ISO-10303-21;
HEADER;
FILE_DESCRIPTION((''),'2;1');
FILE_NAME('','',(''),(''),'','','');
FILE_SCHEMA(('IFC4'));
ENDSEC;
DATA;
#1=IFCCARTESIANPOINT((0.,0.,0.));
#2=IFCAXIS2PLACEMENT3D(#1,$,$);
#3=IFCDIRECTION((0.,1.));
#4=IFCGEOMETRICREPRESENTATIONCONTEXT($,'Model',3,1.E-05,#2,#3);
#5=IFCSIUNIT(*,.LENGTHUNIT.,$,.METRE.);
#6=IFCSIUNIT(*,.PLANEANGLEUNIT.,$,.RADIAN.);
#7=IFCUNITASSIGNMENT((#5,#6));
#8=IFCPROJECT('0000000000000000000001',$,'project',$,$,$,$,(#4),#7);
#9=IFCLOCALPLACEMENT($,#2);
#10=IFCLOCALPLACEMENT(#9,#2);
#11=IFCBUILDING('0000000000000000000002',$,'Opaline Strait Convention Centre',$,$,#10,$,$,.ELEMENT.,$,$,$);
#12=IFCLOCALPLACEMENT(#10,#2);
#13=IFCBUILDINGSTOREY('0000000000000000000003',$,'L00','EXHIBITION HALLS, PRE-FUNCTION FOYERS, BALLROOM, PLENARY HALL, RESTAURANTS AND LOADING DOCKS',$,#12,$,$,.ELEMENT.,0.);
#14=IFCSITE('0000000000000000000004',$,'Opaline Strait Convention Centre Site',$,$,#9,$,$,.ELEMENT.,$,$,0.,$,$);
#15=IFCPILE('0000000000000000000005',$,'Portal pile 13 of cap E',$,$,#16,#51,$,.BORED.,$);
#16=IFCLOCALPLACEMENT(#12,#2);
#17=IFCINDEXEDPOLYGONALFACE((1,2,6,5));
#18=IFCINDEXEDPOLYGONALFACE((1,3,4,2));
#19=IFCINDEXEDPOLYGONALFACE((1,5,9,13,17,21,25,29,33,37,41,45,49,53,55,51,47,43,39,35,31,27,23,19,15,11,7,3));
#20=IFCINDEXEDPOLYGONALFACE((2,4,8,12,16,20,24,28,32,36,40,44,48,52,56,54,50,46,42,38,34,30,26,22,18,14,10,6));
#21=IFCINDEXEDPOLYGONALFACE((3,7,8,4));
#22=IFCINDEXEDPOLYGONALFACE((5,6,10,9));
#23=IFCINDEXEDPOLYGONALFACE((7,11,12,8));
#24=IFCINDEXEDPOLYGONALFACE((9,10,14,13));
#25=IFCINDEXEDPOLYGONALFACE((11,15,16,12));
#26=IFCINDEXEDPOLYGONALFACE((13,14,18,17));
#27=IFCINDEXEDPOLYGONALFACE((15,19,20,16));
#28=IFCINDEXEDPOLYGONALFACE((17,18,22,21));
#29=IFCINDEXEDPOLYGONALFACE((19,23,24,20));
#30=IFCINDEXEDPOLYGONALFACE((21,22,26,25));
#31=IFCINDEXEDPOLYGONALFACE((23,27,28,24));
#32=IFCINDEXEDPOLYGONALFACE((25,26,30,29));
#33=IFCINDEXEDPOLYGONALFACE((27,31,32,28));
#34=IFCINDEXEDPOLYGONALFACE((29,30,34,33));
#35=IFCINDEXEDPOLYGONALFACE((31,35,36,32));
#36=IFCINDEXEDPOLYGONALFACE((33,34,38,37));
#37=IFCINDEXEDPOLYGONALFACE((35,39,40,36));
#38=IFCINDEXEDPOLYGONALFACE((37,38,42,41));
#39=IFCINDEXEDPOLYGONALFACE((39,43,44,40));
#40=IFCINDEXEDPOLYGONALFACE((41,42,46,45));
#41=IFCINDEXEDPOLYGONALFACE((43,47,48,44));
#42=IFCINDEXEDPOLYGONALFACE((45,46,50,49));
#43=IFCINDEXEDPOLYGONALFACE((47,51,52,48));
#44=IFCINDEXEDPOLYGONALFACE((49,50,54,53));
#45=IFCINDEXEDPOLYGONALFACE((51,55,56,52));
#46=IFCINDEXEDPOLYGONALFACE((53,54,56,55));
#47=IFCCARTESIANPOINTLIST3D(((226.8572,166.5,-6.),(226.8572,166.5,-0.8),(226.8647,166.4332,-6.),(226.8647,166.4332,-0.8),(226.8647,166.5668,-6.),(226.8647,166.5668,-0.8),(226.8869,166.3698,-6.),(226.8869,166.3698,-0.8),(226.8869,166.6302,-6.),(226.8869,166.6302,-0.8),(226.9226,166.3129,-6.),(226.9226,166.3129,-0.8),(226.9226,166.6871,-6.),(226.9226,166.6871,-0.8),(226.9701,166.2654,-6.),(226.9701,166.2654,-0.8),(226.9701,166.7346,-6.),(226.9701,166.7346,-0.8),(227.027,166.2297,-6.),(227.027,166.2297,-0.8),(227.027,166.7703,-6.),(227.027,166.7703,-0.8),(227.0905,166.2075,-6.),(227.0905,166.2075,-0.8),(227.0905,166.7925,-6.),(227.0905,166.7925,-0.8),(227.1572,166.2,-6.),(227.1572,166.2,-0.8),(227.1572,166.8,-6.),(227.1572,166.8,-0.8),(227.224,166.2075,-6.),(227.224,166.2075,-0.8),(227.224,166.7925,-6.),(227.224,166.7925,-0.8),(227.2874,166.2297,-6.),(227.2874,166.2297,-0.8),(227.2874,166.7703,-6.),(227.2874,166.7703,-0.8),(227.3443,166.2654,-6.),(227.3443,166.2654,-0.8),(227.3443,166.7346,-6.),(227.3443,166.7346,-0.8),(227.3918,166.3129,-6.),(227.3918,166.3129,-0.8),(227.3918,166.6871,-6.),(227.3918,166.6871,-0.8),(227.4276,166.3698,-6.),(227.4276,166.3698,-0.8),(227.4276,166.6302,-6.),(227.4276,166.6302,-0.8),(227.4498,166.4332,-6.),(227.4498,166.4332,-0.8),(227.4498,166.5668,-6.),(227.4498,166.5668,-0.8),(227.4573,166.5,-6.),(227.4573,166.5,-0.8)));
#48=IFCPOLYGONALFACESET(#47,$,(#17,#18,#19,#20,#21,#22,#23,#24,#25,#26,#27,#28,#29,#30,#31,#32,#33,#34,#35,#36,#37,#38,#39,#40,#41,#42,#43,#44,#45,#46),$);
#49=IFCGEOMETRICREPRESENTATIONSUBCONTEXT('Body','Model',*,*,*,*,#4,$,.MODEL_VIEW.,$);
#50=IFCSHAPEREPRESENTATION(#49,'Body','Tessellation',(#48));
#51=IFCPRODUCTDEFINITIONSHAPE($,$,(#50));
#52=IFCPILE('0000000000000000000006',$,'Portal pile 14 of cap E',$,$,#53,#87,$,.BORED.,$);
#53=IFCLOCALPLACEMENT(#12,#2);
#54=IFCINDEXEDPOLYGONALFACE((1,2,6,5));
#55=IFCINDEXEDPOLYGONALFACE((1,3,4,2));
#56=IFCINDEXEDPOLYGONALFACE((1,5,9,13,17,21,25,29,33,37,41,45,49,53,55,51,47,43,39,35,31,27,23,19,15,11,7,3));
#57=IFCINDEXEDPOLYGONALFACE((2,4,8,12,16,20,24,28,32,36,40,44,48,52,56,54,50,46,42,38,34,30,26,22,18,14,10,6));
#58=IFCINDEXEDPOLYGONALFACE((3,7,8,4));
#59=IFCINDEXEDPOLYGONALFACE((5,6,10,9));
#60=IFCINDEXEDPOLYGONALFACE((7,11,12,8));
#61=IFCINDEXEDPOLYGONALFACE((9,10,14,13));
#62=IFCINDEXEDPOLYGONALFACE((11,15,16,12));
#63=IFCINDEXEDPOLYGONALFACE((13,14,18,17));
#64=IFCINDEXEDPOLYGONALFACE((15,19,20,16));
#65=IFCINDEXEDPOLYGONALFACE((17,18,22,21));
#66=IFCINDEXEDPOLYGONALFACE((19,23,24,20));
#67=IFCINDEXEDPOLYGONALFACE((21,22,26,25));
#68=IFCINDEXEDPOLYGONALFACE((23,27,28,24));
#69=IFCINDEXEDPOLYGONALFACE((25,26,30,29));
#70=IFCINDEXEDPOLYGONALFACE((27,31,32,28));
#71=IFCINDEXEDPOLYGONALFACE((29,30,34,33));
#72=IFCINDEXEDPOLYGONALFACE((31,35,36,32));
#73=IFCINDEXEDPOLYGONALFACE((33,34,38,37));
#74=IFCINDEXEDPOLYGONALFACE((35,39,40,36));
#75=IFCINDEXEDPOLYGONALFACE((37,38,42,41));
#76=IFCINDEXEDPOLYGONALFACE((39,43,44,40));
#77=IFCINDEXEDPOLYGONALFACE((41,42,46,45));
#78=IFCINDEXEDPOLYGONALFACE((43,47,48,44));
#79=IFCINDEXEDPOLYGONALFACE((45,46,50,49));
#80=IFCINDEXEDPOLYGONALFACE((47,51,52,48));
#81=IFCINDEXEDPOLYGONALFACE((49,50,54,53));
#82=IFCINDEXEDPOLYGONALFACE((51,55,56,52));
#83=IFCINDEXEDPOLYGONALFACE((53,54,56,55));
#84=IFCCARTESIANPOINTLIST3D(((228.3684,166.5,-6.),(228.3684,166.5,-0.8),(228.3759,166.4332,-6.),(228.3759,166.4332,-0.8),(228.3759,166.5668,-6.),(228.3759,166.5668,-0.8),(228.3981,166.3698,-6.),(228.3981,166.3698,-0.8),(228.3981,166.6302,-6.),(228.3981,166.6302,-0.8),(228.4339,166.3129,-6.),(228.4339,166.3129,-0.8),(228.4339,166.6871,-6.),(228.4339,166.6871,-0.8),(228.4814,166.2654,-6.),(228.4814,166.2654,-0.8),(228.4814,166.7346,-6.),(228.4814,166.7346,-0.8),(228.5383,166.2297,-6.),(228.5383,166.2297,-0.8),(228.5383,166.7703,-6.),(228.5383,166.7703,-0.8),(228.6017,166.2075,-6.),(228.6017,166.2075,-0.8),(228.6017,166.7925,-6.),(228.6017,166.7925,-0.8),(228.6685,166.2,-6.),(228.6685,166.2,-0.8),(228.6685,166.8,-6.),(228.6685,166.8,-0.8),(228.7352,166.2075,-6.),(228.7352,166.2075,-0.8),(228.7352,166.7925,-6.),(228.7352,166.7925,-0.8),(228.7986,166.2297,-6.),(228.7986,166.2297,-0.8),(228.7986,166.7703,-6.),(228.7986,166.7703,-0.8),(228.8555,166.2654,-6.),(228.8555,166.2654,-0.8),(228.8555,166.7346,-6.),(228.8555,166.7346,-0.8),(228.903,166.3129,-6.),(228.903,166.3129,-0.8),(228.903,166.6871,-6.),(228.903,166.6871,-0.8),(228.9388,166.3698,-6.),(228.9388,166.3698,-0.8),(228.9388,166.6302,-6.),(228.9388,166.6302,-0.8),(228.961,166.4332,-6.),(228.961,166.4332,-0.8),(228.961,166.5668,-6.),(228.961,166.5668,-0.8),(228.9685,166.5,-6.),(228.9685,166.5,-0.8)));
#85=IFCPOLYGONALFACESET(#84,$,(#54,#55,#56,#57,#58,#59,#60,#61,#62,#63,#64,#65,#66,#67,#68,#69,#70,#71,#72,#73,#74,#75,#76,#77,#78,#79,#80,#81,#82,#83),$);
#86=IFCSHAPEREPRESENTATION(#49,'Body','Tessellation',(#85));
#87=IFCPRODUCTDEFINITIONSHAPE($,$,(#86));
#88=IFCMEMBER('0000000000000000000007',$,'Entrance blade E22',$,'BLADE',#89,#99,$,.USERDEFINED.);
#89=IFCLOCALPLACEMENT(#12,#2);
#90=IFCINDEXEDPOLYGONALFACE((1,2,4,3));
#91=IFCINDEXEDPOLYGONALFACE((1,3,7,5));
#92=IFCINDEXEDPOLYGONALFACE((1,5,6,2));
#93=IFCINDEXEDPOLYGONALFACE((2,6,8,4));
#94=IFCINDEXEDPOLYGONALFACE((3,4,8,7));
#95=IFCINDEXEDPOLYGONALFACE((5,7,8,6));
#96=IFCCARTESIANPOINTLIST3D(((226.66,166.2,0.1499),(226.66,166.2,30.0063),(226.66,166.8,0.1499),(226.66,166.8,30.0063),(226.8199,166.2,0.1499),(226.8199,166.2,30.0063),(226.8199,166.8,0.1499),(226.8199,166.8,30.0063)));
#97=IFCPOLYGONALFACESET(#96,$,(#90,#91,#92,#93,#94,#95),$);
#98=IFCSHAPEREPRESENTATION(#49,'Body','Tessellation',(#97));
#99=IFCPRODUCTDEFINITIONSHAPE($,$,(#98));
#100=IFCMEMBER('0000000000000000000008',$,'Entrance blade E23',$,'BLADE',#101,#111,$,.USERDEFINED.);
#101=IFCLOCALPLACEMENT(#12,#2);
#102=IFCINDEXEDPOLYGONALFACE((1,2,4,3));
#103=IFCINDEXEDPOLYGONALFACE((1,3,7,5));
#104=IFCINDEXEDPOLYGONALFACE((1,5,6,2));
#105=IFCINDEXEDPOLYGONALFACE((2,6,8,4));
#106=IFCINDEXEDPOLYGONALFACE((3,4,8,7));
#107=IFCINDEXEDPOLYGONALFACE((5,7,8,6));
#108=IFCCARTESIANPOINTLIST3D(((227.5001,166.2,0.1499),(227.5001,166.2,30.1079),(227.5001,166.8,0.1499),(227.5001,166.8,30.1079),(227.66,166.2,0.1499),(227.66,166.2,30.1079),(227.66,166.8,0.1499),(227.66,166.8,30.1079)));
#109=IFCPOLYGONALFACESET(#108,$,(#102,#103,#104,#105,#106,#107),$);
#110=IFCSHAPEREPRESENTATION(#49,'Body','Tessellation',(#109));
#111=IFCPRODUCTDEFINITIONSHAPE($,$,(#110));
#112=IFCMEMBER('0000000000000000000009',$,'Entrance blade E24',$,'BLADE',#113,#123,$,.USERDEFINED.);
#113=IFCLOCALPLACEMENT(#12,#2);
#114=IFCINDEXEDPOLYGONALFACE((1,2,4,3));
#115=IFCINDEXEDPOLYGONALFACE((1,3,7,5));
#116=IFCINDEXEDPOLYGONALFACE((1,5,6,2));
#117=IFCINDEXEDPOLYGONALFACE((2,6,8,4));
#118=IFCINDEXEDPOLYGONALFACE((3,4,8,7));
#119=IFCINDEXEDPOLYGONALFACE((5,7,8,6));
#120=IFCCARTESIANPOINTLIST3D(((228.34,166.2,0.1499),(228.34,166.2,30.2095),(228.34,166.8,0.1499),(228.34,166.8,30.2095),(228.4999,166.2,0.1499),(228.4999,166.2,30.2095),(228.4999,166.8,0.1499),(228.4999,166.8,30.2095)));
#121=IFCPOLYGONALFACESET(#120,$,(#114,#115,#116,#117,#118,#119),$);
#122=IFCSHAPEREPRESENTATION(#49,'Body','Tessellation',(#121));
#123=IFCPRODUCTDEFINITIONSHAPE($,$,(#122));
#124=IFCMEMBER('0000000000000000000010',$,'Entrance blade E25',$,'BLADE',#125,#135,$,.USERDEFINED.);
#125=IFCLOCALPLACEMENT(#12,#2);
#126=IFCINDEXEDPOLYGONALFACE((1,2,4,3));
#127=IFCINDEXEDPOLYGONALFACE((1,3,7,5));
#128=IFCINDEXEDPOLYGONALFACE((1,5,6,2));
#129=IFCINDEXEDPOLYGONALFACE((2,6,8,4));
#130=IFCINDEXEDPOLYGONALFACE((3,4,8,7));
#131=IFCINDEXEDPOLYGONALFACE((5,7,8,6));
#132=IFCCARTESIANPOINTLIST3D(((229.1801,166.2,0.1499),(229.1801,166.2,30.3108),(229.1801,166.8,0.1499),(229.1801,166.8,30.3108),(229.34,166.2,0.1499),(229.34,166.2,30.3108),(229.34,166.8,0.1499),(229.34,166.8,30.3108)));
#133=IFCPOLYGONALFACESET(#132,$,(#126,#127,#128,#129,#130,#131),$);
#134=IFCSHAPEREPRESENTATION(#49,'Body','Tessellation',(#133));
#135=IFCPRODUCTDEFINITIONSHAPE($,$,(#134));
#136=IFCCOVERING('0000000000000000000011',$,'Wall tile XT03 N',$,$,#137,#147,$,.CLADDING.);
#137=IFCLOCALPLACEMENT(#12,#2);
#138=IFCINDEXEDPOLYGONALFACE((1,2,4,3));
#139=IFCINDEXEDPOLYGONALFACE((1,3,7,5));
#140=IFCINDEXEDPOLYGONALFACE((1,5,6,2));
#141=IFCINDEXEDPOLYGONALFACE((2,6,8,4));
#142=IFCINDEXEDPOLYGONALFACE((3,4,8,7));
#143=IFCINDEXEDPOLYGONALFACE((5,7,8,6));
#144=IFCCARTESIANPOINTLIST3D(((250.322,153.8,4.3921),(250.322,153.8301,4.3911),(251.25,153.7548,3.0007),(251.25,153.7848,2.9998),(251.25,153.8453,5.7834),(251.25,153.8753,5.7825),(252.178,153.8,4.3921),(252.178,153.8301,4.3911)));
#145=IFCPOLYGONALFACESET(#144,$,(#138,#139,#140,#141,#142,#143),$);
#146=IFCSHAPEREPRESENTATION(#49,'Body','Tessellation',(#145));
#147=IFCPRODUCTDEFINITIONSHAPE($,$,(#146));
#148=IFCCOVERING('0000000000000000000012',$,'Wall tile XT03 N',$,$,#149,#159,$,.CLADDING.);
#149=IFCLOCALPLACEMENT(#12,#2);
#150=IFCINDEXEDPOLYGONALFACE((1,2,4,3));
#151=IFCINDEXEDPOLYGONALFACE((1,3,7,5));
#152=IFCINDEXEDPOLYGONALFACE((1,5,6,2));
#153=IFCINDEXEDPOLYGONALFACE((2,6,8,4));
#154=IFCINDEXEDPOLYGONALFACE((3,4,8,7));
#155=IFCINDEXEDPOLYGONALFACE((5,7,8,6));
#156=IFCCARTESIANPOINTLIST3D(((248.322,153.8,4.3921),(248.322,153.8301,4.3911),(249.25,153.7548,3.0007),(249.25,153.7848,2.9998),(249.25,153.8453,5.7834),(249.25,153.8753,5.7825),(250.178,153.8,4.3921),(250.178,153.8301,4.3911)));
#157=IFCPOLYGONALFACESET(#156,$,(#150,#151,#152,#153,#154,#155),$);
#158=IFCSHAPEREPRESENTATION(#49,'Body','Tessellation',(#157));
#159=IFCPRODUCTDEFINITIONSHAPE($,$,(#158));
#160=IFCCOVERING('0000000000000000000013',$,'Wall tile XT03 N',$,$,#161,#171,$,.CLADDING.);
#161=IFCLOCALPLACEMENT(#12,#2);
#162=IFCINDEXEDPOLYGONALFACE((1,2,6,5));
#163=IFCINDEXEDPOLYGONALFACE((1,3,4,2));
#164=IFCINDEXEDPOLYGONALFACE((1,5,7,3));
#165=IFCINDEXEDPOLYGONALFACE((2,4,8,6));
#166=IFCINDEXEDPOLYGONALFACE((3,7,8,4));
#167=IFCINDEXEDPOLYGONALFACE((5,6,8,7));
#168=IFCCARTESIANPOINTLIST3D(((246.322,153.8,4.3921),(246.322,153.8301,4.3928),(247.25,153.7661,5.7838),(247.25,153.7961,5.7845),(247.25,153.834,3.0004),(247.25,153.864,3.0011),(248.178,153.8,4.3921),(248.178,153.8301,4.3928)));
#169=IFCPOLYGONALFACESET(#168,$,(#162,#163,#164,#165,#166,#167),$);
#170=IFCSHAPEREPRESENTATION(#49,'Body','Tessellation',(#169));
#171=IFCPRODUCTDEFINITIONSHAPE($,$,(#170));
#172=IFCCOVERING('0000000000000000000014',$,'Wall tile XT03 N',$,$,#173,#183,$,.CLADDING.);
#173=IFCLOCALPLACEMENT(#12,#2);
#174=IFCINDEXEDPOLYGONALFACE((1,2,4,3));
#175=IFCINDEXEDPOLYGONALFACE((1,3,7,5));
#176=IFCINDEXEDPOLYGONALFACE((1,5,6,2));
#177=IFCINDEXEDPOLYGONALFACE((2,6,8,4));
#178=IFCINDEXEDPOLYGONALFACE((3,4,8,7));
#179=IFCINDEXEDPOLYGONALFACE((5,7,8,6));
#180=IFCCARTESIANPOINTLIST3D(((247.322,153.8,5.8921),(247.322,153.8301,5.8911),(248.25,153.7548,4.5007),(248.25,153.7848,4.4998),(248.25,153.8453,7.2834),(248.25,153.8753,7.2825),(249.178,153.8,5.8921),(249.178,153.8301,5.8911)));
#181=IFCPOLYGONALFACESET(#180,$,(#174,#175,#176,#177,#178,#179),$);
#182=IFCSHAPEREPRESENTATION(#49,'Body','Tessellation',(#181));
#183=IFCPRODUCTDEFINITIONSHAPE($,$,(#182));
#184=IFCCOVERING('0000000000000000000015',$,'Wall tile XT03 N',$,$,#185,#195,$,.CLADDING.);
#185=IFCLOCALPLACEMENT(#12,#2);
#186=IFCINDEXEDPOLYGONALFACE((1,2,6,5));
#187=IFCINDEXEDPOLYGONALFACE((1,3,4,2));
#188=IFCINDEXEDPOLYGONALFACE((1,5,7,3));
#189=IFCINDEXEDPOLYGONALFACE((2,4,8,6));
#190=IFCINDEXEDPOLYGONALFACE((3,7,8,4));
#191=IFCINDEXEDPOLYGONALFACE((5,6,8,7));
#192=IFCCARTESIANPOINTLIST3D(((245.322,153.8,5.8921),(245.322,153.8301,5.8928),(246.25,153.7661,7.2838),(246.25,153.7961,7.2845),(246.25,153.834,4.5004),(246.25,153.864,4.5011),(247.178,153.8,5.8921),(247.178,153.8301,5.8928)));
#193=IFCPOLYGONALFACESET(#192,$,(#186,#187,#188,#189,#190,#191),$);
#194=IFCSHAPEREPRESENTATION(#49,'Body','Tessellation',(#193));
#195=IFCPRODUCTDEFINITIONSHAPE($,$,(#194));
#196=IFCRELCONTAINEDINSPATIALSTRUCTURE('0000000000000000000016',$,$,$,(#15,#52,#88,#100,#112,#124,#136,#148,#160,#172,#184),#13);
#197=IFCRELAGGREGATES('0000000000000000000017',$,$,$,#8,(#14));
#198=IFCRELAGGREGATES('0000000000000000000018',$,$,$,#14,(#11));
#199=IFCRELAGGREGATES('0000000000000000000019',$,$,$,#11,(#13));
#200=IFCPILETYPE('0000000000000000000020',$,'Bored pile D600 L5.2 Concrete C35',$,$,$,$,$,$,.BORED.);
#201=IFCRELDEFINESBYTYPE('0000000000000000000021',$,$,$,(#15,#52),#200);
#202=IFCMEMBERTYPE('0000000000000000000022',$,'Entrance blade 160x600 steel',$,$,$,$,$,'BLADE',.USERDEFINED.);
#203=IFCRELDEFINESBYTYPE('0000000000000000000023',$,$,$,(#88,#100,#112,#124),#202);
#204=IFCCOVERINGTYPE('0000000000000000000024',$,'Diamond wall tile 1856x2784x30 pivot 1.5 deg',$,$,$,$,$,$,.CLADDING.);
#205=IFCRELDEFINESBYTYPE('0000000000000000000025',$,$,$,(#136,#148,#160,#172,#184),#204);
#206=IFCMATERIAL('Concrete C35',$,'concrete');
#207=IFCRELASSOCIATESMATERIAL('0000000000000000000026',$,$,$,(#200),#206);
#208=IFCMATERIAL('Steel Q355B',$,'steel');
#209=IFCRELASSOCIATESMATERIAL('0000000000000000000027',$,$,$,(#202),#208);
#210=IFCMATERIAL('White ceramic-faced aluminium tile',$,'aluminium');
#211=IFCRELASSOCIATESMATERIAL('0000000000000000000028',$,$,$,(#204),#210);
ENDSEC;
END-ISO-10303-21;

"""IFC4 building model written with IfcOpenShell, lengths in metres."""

from ifc_helpers import new_model, si_unit, direction, frame, origin, origin_2d, place, context, subcontext, project, spatial, polyline, rectangle, circle, outline, extrude, material, material_profile, profile_set, type_object, element, save


model = new_model("IFC4")

# Units and contexts
model_context = context("Model", 3, precision=1e-05, world=origin(), true_north=direction((0.0, 1.0)))
body_context = subcontext(model_context, "Body", "Model", "MODEL_VIEW")
ifc_project = project(units=[si_unit("LENGTHUNIT", "METRE"), si_unit("PLANEANGLEUNIT", "RADIAN")], contexts=[model_context])

# Site, building, storey
site_placement = place(None, origin())
site = spatial("IfcSite", under=ifc_project, at=site_placement, Name="Opaline Strait Convention Centre Site", CompositionType="ELEMENT", RefElevation=0.0)
building_placement = place(site_placement, origin())
building = spatial("IfcBuilding", under=site, at=building_placement, Name="Opaline Strait Convention Centre", CompositionType="ELEMENT")
storey_placement = place(building_placement, origin())
storey = spatial("IfcBuildingStorey", under=building, at=storey_placement, Name="L00", Description="EXHIBITION HALLS, PRE-FUNCTION FOYERS, BALLROOM, PLENARY HALL, RESTAURANTS AND LOADING DOCKS", CompositionType="ELEMENT", Elevation=0.0)

# Piles
ifc_material_1 = material(Name="Concrete C35", Category="concrete")
ifc_material_profile_1 = material_profile(ifc_material_1, circle(Radius=0.3, at=origin_2d()), Name="D600")
ifc_profile_set_1 = profile_set([ifc_material_profile_1], Name="Concrete C35")
pile_type_1 = type_object("IfcPileType", Name="Bored pile D600 L5.2 Concrete C35", PredefinedType="BORED", material=ifc_profile_set_1)
for number, where, z_axis, x_axis, name in (
    (1, (227.1572, 166.5, -0.8), (0.0, 0.0, -1.0), (1.0, 0.0, 0.0), "Portal pile 13 of cap E"),
    (2, (228.6685, 166.5, -0.8), (0.0, 0.0, -1.0), (1.0, 0.0, 0.0), "Portal pile 14 of cap E"),
):
    element("IfcPile", number, at=place(storey_placement, frame(where, z_axis=z_axis, x_axis=x_axis)), inside=storey, type_object=pile_type_1, Name=name, PredefinedType="BORED", context=body_context, shape_type="SweptSolid", body=[
        extrude(circle(Radius=0.3, at=origin_2d()), origin(), (0.0, 0.0, 1.0), 5.2),
    ])

# Members
ifc_material_2 = material(Name="Steel Q355B", Category="steel")
ifc_material_profile_2 = material_profile(ifc_material_2, rectangle(XDim=0.1599, YDim=0.6001, at=origin_2d()), Name="BAR 160x600")
ifc_profile_set_2 = profile_set([ifc_material_profile_2], Name="Steel Q355B")
member_type = type_object("IfcMemberType", Name="Entrance blade 160x600 steel", ElementType="BLADE", PredefinedType="USERDEFINED", material=ifc_profile_set_2)
member_1_placement = place(storey_placement, frame((226.74, 166.5, 0.1499), z_axis=(0.0, 0.0, 1.0), x_axis=(1.0, 0.0, 0.0)))
element("IfcMember", 3, at=member_1_placement, inside=storey, type_object=member_type, Name="Entrance blade E22", ObjectType="BLADE", PredefinedType="USERDEFINED", context=body_context, shape_type="SweptSolid", body=[
    extrude(rectangle(XDim=0.1599, YDim=0.6001, at=origin_2d()), origin(), (0.0, 0.0, 1.0), 29.8564),
])
member_2_placement = place(storey_placement, frame((227.5801, 166.5, 0.1499), z_axis=(0.0, 0.0, 1.0), x_axis=(1.0, 0.0, 0.0)))
element("IfcMember", 4, at=member_2_placement, inside=storey, type_object=member_type, Name="Entrance blade E23", ObjectType="BLADE", PredefinedType="USERDEFINED", context=body_context, shape_type="SweptSolid", body=[
    extrude(rectangle(XDim=0.1599, YDim=0.6001, at=origin_2d()), origin(), (0.0, 0.0, 1.0), 29.958),
])
member_3_placement = place(storey_placement, frame((228.4199, 166.5, 0.1499), z_axis=(0.0, 0.0, 1.0), x_axis=(1.0, 0.0, 0.0)))
element("IfcMember", 5, at=member_3_placement, inside=storey, type_object=member_type, Name="Entrance blade E24", ObjectType="BLADE", PredefinedType="USERDEFINED", context=body_context, shape_type="SweptSolid", body=[
    extrude(rectangle(XDim=0.1599, YDim=0.6001, at=origin_2d()), origin(), (0.0, 0.0, 1.0), 30.0596),
])
member_4_placement = place(storey_placement, frame((229.26, 166.5, 0.1499), z_axis=(0.0, 0.0, 1.0), x_axis=(1.0, 0.0, 0.0)))
element("IfcMember", 6, at=member_4_placement, inside=storey, type_object=member_type, Name="Entrance blade E25", ObjectType="BLADE", PredefinedType="USERDEFINED", context=body_context, shape_type="SweptSolid", body=[
    extrude(rectangle(XDim=0.1599, YDim=0.6001, at=origin_2d()), origin(), (0.0, 0.0, 1.0), 30.1609),
])

# Coverings
ifc_material_3 = material(Name="White ceramic-faced aluminium tile", Category="aluminium")
ifc_material_profile_3 = material_profile(ifc_material_3, outline(polyline([(0.928, 0.0), (0.0, 1.3921), (-0.928, 0.0), (0.0, -1.3921), (0.928, 0.0)])), Name="Diamond tile 1856x2784")
ifc_profile_set_3 = profile_set([ifc_material_profile_3], Name="White ceramic-faced aluminium tile")
covering_type_1 = type_object("IfcCoveringType", Name="Diamond wall tile 1856x2784x30 pivot 1.5 deg", PredefinedType="CLADDING", material=ifc_profile_set_3)
for number, where, z_axis, x_axis, name in (
    (7, (251.25, 153.8, 4.3921), (0.0, 0.999472, -0.032503), (-1.0, 0.0, 0.0), "Wall tile XT03 N"),
    (8, (249.25, 153.8, 4.3921), (0.0, 0.999472, -0.032503), (-1.0, 0.0, 0.0), "Wall tile XT03 N"),
    (9, (247.25, 153.8, 4.3921), (0.0, 0.999703, 0.024383), (-1.0, 0.0, 0.0), "Wall tile XT03 N"),
    (10, (248.25, 153.8, 5.8921), (0.0, 0.999472, -0.032503), (-1.0, 0.0, 0.0), "Wall tile XT03 N"),
    (11, (246.25, 153.8, 5.8921), (0.0, 0.999703, 0.024383), (-1.0, 0.0, 0.0), "Wall tile XT03 N"),
):
    element("IfcCovering", number, at=place(storey_placement, frame(where, z_axis=z_axis, x_axis=x_axis)), inside=storey, type_object=covering_type_1, Name=name, PredefinedType="CLADDING", context=body_context, shape_type="SweptSolid", body=[
        extrude(outline(polyline([(0.928, 0.0), (0.0, 1.3921), (-0.928, 0.0), (0.0, -1.3921), (0.928, 0.0)])), origin(), (0.0, 0.0, 1.0), 0.03),
    ])

save(model, "model.ifc")
